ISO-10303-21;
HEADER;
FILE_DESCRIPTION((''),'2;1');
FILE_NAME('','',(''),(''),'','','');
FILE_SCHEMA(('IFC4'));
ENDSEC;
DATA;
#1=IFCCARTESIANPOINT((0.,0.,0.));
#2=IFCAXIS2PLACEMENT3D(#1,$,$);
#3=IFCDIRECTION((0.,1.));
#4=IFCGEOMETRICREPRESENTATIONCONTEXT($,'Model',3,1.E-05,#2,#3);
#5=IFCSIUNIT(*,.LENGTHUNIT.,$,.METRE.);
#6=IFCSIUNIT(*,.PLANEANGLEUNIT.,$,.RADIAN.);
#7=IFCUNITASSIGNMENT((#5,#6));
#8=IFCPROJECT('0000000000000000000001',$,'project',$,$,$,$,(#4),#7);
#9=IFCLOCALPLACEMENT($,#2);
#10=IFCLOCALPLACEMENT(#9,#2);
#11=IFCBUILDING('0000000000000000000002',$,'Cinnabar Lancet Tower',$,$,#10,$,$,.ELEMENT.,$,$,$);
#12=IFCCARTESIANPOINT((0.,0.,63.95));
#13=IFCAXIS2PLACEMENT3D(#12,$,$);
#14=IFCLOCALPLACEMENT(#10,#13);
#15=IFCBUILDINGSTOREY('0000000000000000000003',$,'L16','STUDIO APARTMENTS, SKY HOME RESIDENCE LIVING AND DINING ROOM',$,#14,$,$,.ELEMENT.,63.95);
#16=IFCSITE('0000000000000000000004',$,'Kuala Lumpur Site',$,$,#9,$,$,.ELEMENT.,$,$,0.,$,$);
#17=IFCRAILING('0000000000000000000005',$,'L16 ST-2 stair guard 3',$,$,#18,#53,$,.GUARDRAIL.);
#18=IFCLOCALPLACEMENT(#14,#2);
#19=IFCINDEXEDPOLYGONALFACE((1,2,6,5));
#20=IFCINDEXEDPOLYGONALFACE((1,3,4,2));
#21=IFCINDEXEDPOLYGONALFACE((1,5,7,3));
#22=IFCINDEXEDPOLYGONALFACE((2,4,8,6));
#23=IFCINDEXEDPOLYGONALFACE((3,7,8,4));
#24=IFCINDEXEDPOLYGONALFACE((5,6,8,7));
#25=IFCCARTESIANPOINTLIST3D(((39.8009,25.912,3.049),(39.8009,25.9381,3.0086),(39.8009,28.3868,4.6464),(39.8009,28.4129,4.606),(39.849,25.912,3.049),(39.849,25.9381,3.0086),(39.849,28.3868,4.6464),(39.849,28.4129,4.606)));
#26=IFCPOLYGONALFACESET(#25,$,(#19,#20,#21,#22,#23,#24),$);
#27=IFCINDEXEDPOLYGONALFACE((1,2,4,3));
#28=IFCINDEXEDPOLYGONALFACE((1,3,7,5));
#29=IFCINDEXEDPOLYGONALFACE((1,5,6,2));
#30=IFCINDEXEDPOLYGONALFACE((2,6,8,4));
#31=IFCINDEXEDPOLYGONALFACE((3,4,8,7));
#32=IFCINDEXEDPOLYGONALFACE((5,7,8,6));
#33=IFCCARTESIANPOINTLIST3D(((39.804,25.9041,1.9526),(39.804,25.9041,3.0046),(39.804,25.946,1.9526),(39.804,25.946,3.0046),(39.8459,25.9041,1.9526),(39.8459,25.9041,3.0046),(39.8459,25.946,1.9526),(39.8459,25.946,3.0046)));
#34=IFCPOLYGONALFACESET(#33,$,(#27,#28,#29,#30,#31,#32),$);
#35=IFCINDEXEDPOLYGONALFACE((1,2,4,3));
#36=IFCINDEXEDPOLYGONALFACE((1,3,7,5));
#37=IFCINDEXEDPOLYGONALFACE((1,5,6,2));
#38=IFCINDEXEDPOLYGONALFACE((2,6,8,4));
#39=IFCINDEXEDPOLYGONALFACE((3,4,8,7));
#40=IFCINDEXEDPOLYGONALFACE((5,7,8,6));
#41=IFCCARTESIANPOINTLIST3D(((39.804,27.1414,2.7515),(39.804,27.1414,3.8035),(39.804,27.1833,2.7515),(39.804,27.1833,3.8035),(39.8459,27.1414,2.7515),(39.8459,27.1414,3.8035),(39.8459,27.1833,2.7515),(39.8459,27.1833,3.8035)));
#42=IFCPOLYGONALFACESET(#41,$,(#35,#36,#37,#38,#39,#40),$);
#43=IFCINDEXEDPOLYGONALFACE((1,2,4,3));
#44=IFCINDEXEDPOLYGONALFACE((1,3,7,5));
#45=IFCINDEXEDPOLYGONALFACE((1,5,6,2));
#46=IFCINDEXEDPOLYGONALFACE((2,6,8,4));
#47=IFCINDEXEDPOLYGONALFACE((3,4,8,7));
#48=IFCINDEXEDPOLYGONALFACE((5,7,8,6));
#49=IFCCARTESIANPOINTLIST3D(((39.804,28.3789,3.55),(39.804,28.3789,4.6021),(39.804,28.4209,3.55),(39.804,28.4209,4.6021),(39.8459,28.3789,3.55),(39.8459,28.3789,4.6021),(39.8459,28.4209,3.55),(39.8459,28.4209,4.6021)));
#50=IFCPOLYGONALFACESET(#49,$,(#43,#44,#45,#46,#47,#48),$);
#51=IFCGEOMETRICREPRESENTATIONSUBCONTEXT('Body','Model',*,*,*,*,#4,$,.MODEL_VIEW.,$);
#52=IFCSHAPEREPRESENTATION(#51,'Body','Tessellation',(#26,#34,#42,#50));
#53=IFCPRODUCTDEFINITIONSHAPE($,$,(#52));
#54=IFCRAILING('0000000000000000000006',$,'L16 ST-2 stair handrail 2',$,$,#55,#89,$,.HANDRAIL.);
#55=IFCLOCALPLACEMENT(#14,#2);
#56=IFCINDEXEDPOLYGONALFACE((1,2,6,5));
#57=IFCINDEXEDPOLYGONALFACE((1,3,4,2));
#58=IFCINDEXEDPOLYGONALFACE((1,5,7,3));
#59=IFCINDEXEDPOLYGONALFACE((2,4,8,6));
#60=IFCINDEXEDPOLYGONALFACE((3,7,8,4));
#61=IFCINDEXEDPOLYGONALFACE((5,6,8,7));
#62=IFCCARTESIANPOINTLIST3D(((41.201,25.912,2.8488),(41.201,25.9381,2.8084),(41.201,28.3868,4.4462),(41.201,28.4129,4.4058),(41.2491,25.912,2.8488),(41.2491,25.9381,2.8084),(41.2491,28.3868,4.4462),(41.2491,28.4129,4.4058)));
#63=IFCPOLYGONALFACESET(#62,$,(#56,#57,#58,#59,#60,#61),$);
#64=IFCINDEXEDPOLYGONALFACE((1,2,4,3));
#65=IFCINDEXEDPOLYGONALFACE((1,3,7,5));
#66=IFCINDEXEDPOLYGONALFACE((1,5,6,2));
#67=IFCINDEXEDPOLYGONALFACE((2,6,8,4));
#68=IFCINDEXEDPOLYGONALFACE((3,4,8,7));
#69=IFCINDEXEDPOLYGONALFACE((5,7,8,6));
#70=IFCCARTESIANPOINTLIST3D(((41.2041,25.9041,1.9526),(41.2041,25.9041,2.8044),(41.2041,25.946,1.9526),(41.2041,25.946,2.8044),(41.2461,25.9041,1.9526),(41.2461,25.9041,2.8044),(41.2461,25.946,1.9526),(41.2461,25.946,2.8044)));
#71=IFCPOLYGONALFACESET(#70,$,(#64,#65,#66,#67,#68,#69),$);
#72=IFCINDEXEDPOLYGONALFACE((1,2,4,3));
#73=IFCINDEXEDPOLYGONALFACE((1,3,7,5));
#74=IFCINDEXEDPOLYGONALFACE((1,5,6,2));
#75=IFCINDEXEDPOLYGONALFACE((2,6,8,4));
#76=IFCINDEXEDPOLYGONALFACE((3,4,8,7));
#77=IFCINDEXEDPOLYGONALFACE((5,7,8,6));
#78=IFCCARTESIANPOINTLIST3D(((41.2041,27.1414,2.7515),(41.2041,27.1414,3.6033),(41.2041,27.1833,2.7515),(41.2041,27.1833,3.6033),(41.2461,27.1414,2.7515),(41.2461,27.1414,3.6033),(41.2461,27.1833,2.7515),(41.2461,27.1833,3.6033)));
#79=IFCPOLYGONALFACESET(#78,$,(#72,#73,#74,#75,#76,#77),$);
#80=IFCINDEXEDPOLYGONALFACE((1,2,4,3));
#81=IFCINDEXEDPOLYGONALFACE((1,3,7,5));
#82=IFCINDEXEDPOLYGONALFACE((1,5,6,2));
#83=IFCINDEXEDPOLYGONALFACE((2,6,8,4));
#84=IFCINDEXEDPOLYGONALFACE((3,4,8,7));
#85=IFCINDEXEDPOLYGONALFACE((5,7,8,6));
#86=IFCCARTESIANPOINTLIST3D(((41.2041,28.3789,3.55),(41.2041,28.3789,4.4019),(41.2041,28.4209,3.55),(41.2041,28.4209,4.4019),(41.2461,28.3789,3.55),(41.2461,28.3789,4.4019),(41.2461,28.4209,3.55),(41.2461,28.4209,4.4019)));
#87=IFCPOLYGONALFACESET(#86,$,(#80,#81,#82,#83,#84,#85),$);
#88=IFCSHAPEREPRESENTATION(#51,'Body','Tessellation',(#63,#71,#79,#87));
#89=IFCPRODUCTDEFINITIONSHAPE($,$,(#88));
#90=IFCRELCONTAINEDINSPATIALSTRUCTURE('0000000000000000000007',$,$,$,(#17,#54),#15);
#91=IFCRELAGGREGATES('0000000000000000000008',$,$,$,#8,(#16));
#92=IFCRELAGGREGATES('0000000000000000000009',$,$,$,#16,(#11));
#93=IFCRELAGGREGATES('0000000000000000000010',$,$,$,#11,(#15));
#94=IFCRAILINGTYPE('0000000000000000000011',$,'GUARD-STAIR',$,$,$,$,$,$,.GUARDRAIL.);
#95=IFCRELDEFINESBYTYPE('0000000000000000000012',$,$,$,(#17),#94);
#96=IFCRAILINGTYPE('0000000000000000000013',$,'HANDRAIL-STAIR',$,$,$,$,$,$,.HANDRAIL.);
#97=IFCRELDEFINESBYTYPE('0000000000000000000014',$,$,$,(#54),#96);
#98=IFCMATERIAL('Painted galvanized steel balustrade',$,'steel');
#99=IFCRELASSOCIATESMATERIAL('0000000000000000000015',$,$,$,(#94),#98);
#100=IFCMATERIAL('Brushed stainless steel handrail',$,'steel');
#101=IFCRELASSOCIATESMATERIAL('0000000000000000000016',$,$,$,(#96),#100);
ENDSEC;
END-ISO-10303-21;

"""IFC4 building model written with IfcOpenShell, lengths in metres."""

from ifc_helpers import new_model, si_unit, direction, frame, origin, origin_2d, place, context, subcontext, project, spatial, rectangle, extrude, material, type_object, element, save


model = new_model("IFC4")

# Units and contexts
model_context = context("Model", 3, precision=1e-05, world=origin(), true_north=direction((0.0, 1.0)))
body_context = subcontext(model_context, "Body", "Model", "MODEL_VIEW")
ifc_project = project(units=[si_unit("LENGTHUNIT", "METRE"), si_unit("PLANEANGLEUNIT", "RADIAN")], contexts=[model_context])

# Site, building, storey
site_placement = place(None, origin())
site = spatial("IfcSite", under=ifc_project, at=site_placement, Name="Kuala Lumpur Site", CompositionType="ELEMENT", RefElevation=0.0)
building_placement = place(site_placement, origin())
building = spatial("IfcBuilding", under=site, at=building_placement, Name="Cinnabar Lancet Tower", CompositionType="ELEMENT")
storey_placement = place(building_placement, frame((0.0, 0.0, 63.95)))
storey = spatial("IfcBuildingStorey", under=building, at=storey_placement, Name="L16", Description="STUDIO APARTMENTS, SKY HOME RESIDENCE LIVING AND DINING ROOM", CompositionType="ELEMENT", Elevation=63.95)

# Railings
ifc_material_1 = material(Name="Painted galvanized steel balustrade", Category="steel")
railing_type_1 = type_object("IfcRailingType", Name="GUARD-STAIR", PredefinedType="GUARDRAIL", material=ifc_material_1)
railing_1_placement = place(storey_placement, frame((39.825, 25.925, 1.9526)))
element("IfcRailing", 1, at=railing_1_placement, inside=storey, type_object=railing_type_1, Name="L16 ST-2 stair guard 3", PredefinedType="GUARDRAIL", context=body_context, shape_type="SweptSolid", body=[
    extrude(rectangle(XDim=0.0481, YDim=0.0481, at=origin_2d()), frame((0.0, 0.0, 1.0762), z_axis=(0.0, 0.840183, 0.542302), x_axis=(-1.0, 0.0, 0.0)), (0.0, 0.0, 1.0), 2.9456),
    extrude(rectangle(XDim=0.042, YDim=0.042, at=origin_2d()), origin(), (0.0, 0.0, 1.0), 1.052),
    extrude(rectangle(XDim=0.042, YDim=0.042, at=origin_2d()), frame((0.0, 1.2373, 0.7988)), (0.0, 0.0, 1.0), 1.052),
    extrude(rectangle(XDim=0.042, YDim=0.042, at=origin_2d()), frame((0.0, 2.4749, 1.5974)), (0.0, 0.0, 1.0), 1.052),
])
ifc_material_2 = material(Name="Brushed stainless steel handrail", Category="steel")
railing_type_2 = type_object("IfcRailingType", Name="HANDRAIL-STAIR", PredefinedType="HANDRAIL", material=ifc_material_2)
railing_2_placement = place(storey_placement, frame((41.2251, 25.925, 1.9526)))
element("IfcRailing", 2, at=railing_2_placement, inside=storey, type_object=railing_type_2, Name="L16 ST-2 stair handrail 2", PredefinedType="HANDRAIL", context=body_context, shape_type="SweptSolid", body=[
    extrude(rectangle(XDim=0.0481, YDim=0.0481, at=origin_2d()), frame((0.0, 0.0, 0.876), z_axis=(0.0, 0.840183, 0.542302), x_axis=(-1.0, 0.0, 0.0)), (0.0, 0.0, 1.0), 2.9456),
    extrude(rectangle(XDim=0.042, YDim=0.042, at=origin_2d()), origin(), (0.0, 0.0, 1.0), 0.8518),
    extrude(rectangle(XDim=0.042, YDim=0.042, at=origin_2d()), frame((0.0, 1.2373, 0.7988)), (0.0, 0.0, 1.0), 0.8518),
    extrude(rectangle(XDim=0.042, YDim=0.042, at=origin_2d()), frame((0.0, 2.4749, 1.5974)), (0.0, 0.0, 1.0), 0.8518),
])

save(model, "model.ifc")
